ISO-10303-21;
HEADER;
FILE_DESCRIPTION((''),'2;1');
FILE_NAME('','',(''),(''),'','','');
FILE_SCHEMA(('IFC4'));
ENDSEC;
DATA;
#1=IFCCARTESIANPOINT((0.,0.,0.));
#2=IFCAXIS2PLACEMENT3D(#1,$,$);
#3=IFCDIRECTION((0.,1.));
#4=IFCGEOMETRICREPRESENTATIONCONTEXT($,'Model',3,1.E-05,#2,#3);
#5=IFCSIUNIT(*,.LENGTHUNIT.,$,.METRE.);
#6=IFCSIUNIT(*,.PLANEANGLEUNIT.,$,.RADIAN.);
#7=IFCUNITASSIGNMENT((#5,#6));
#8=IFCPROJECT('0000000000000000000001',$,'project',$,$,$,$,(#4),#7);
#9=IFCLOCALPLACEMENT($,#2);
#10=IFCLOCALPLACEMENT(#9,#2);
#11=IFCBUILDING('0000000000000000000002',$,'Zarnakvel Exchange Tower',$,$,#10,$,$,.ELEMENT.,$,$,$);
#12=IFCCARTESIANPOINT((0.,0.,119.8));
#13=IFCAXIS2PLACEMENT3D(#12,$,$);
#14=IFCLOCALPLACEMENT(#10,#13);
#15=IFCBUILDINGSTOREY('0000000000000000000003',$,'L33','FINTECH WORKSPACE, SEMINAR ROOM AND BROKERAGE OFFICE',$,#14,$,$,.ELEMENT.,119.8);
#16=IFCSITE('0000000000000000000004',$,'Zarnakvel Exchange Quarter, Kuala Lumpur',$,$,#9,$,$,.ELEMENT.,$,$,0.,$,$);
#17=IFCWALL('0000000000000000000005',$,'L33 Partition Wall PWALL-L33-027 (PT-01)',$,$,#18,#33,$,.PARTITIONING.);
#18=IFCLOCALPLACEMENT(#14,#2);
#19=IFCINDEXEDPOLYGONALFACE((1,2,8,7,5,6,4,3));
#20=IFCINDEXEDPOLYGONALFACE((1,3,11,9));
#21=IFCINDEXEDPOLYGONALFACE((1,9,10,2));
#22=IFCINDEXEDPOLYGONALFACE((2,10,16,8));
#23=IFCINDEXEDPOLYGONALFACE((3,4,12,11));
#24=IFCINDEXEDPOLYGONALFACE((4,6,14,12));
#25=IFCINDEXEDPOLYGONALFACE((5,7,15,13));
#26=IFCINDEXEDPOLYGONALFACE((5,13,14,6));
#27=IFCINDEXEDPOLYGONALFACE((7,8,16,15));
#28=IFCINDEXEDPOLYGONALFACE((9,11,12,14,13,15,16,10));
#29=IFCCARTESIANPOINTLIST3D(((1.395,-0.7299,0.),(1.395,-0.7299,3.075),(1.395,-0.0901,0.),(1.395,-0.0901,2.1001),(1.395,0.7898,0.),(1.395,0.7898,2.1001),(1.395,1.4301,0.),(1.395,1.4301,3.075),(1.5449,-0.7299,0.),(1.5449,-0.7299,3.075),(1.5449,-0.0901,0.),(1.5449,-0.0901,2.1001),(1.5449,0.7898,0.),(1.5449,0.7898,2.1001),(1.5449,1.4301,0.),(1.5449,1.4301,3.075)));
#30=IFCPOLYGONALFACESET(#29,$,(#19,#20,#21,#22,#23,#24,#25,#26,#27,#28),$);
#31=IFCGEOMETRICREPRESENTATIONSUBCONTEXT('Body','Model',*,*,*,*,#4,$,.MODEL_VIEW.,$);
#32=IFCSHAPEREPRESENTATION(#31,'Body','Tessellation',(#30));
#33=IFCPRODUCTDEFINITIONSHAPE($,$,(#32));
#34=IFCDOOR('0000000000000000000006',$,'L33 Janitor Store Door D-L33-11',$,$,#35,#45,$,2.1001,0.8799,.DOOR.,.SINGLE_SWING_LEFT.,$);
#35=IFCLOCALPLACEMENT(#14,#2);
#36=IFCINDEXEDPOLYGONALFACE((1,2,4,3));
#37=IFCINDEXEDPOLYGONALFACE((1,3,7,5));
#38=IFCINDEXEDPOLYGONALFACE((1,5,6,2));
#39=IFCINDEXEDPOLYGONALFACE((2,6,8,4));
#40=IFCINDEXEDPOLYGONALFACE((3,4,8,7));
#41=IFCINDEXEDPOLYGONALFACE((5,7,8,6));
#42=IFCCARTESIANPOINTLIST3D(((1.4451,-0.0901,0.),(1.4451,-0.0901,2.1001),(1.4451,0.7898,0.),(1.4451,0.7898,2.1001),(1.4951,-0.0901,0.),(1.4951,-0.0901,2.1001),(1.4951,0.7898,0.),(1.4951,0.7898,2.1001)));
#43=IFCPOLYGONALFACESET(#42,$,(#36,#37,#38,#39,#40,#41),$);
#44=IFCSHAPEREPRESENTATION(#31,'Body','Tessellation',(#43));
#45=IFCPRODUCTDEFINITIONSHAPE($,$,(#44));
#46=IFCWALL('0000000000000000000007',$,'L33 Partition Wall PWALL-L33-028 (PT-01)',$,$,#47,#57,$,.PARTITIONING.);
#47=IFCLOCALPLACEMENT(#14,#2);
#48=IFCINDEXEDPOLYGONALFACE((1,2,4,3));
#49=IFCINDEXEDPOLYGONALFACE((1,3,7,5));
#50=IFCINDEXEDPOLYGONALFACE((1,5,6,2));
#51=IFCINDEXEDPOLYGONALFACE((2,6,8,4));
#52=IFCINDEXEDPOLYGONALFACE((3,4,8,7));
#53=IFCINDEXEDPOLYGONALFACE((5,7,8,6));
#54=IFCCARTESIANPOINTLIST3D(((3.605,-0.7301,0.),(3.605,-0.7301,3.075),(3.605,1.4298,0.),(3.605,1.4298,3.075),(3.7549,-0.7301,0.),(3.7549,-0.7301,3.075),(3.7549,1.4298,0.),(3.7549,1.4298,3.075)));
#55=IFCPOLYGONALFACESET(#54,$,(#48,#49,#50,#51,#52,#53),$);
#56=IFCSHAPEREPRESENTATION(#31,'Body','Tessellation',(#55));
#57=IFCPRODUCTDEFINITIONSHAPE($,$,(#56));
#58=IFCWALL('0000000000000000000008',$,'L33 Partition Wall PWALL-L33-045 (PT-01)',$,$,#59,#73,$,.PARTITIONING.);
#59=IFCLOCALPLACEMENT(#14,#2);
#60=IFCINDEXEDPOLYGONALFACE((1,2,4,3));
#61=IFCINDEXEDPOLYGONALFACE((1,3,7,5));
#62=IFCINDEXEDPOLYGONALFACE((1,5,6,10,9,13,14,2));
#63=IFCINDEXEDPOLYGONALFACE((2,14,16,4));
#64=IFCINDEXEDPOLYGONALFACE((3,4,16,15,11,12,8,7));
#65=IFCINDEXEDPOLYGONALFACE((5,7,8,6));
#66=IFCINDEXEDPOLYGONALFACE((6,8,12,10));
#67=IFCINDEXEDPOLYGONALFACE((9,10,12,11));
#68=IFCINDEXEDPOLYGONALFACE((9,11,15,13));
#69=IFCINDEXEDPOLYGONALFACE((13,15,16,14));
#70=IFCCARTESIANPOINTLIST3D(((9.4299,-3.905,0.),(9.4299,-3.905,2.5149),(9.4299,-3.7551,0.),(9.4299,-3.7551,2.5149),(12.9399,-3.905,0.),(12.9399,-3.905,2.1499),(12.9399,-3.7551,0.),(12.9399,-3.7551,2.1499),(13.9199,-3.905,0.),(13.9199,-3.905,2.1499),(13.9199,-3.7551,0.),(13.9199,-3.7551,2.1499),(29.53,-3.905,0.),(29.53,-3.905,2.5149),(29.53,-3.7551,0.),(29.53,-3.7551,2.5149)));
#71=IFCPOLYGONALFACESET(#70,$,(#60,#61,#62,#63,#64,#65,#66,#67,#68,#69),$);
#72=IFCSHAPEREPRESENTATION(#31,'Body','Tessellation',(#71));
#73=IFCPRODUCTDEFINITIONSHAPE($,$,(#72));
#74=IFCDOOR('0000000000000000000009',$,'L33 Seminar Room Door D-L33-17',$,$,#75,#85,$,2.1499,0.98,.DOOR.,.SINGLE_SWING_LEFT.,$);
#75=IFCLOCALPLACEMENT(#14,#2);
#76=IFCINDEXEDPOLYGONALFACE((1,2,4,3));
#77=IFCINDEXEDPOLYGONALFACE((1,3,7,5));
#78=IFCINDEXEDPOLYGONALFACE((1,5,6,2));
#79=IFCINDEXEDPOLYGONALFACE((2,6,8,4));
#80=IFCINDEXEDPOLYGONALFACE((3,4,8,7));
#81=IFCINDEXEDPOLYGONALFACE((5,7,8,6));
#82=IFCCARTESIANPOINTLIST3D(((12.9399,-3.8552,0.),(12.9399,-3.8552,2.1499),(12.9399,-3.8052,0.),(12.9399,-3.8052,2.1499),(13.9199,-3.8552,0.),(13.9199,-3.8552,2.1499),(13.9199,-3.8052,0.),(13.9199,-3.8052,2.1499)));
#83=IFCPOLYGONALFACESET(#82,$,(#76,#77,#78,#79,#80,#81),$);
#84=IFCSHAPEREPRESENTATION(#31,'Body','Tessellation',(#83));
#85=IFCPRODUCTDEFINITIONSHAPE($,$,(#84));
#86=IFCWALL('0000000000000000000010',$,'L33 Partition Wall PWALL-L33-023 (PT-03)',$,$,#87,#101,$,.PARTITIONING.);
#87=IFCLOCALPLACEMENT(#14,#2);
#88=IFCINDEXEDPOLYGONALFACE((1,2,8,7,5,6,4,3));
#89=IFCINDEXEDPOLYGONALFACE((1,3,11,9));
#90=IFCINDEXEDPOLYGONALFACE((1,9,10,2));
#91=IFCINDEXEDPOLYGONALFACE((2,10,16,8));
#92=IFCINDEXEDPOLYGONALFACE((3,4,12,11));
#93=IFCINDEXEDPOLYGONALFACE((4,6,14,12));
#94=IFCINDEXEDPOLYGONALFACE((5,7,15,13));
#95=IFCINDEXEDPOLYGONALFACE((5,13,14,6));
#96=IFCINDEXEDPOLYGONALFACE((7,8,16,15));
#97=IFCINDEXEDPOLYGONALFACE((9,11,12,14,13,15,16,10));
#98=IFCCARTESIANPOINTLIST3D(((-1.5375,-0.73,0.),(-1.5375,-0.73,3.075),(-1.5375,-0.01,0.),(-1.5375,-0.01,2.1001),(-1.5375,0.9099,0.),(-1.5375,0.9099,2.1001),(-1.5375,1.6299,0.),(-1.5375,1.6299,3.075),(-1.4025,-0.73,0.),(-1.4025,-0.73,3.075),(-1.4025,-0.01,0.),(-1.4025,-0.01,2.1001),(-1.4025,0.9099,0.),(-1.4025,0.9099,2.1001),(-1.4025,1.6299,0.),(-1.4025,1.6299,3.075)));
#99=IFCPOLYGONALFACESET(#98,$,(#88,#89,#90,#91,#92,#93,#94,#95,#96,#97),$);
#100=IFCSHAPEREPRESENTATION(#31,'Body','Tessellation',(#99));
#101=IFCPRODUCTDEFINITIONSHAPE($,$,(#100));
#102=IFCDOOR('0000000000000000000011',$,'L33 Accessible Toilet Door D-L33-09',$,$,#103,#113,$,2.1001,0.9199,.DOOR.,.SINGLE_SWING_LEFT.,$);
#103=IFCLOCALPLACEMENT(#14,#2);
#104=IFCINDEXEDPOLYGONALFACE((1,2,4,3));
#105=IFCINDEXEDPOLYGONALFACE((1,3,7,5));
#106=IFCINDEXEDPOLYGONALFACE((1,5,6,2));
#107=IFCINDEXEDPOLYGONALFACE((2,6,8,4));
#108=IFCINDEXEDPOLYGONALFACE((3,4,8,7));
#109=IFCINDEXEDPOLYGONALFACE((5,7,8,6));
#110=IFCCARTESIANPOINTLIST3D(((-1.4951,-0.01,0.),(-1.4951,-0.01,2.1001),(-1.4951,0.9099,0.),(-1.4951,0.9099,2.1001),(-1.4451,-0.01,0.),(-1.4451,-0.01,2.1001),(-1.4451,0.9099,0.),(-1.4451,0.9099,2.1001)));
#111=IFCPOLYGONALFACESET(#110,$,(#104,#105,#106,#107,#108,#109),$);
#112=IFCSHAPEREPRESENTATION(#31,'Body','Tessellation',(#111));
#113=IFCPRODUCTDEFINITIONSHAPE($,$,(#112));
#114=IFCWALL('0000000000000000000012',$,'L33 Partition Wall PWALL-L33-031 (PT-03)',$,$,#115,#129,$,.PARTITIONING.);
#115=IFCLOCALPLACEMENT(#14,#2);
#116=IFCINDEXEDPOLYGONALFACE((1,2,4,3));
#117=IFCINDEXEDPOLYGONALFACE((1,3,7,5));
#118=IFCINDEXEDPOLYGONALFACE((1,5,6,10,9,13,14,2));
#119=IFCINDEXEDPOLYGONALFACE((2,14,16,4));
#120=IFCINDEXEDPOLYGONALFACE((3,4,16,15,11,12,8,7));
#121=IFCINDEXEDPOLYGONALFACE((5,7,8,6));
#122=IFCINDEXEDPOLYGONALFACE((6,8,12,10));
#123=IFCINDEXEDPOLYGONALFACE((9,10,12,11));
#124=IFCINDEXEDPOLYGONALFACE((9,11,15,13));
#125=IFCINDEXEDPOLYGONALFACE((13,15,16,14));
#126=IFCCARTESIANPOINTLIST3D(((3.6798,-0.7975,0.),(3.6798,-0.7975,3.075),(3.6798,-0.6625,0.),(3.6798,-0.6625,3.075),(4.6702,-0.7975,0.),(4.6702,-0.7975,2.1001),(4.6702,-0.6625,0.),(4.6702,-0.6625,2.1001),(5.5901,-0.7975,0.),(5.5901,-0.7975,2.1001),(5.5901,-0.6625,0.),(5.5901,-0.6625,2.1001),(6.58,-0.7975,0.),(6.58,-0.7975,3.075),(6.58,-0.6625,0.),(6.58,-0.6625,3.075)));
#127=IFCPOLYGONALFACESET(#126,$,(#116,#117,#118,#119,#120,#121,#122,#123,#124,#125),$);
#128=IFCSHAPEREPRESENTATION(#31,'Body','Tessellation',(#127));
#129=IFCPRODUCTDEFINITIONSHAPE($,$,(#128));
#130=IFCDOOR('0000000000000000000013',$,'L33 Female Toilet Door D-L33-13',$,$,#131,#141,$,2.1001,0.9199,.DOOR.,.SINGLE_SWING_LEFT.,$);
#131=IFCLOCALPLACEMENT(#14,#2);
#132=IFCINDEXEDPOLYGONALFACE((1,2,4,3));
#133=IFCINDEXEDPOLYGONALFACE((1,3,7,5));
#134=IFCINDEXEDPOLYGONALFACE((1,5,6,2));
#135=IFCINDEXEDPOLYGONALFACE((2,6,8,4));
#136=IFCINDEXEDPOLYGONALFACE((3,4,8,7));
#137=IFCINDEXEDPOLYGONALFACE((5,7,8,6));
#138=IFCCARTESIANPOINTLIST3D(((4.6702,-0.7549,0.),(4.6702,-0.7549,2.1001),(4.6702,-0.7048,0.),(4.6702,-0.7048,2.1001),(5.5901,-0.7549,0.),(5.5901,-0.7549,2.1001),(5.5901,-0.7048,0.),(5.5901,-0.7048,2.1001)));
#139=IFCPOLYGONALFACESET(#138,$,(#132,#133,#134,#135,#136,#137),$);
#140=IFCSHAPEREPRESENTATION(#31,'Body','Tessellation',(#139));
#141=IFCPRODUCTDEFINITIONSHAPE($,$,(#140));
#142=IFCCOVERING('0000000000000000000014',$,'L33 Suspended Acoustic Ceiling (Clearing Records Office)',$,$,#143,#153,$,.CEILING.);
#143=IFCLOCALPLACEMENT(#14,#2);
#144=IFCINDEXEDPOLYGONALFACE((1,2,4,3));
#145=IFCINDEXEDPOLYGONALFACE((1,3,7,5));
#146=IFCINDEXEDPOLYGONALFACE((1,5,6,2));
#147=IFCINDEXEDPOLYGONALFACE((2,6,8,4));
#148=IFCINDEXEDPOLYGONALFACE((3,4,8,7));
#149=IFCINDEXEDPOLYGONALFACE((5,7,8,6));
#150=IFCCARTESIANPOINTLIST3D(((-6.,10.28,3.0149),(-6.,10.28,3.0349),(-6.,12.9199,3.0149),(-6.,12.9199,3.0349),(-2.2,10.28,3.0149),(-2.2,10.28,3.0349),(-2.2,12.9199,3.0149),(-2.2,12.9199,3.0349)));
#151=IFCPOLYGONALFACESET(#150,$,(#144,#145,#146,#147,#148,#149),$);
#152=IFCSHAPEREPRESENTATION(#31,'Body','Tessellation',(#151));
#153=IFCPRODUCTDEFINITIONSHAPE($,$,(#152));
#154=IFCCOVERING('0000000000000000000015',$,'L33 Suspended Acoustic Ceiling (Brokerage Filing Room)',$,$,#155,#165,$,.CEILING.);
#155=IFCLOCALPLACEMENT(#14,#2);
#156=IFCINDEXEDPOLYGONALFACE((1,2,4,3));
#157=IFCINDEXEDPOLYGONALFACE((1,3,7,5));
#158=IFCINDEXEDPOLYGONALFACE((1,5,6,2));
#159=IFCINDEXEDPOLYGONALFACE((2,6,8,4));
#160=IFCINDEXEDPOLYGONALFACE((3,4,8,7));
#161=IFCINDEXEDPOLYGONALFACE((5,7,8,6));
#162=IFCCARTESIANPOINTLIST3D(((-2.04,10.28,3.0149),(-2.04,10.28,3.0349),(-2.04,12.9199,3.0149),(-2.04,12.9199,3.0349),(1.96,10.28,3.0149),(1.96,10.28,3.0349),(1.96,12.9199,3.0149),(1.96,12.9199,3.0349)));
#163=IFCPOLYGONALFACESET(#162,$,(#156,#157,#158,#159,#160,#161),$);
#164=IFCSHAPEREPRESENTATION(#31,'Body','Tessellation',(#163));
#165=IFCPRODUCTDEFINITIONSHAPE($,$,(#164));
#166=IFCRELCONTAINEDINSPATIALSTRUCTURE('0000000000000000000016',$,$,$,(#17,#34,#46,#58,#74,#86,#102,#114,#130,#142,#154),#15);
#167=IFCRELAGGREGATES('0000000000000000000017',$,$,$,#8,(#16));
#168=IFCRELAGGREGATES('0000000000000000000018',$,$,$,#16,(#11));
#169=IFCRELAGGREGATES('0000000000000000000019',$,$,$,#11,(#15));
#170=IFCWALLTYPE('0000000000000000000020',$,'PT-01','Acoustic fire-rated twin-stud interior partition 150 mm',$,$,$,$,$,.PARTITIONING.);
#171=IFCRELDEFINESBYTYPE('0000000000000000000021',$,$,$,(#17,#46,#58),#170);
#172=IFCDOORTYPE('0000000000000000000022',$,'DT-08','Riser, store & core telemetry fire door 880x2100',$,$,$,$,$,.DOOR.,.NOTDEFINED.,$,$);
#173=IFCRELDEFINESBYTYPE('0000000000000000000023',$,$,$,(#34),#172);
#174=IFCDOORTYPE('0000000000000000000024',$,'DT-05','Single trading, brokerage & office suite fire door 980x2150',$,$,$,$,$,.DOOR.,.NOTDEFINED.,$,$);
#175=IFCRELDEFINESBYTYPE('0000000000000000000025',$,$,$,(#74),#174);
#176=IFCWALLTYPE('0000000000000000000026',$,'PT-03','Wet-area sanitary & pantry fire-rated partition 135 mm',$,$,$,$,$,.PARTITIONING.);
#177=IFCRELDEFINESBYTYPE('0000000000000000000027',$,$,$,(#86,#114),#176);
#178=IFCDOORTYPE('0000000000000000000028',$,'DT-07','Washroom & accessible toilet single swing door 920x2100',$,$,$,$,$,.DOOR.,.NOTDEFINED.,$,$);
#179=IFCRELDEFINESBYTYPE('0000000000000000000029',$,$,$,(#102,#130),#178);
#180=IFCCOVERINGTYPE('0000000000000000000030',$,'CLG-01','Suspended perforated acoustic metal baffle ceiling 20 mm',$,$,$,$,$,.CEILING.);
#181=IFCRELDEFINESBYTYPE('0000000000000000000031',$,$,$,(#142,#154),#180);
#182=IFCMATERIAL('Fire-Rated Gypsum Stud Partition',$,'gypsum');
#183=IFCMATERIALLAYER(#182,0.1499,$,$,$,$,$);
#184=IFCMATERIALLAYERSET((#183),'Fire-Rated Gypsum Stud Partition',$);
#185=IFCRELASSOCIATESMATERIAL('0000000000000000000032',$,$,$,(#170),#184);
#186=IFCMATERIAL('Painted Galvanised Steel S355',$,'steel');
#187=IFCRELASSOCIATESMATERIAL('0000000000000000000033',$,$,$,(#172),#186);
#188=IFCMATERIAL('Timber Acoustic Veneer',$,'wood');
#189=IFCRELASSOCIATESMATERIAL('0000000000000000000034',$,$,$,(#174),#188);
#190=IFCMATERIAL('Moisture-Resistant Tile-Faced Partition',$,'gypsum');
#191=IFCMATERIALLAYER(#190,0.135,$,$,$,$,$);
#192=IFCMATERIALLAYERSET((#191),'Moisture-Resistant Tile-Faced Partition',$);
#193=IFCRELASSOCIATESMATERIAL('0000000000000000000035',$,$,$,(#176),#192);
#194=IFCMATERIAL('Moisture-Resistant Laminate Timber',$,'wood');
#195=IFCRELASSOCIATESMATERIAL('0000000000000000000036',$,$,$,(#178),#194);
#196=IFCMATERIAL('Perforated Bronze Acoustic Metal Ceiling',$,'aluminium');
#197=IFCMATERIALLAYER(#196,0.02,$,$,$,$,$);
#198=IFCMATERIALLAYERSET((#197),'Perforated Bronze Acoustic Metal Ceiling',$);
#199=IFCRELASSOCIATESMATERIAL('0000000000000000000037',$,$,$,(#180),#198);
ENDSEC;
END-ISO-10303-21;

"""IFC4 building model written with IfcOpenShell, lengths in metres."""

from ifc_helpers import new_model, si_unit, direction, frame, frame_2d, origin, place, context, subcontext, project, spatial, polyline, rectangle, outline, extrude, source, transform, mapped, material, layer, layer_set, type_object, element, fill, save


model = new_model("IFC4")

# Units and contexts
model_context = context("Model", 3, precision=1e-05, world=origin(), true_north=direction((0.0, 1.0)))
body_context = subcontext(model_context, "Body", "Model", "MODEL_VIEW")
ifc_project = project(units=[si_unit("LENGTHUNIT", "METRE"), si_unit("PLANEANGLEUNIT", "RADIAN")], contexts=[model_context])

# Site, building, storey
site_placement = place(None, origin())
site = spatial("IfcSite", under=ifc_project, at=site_placement, Name="Zarnakvel Exchange Quarter, Kuala Lumpur", CompositionType="ELEMENT", RefElevation=0.0)
building_placement = place(site_placement, origin())
building = spatial("IfcBuilding", under=site, at=building_placement, Name="Zarnakvel Exchange Tower", CompositionType="ELEMENT")
storey_placement = place(building_placement, frame((0.0, 0.0, 119.8)))
storey = spatial("IfcBuildingStorey", under=building, at=storey_placement, Name="L33", Description="FINTECH WORKSPACE, SEMINAR ROOM AND BROKERAGE OFFICE", CompositionType="ELEMENT", Elevation=119.8)

# Shared definitions
ifc_material_1 = material(Name="Fire-Rated Gypsum Stud Partition", Category="gypsum")
ifc_layer_1 = layer(ifc_material_1, 0.1499)
ifc_layer_set_1 = layer_set([ifc_layer_1], Name="Fire-Rated Gypsum Stud Partition")
wall_type_1 = type_object("IfcWallType", Name="PT-01", Description="Acoustic fire-rated twin-stud interior partition 150 mm", PredefinedType="PARTITIONING", material=ifc_layer_set_1)

# Wall, opening, door
wall_1_placement = place(storey_placement, frame((1.47, -0.73, 0.0), z_axis=(0.0, 0.0, 1.0), x_axis=(0.0, 1.0, 0.0)))
wall_1 = element("IfcWall", 1, at=wall_1_placement, inside=storey, type_object=wall_type_1, Name="L33 Partition Wall PWALL-L33-027 (PT-01)", PredefinedType="PARTITIONING", context=body_context, shape_type="SweptSolid", body=[
    extrude(rectangle(XDim=2.1599, YDim=0.1499, at=frame_2d((1.0801, 0.0))), origin(), (0.0, 0.0, 1.0), 3.075),
])
opening_1_placement = place(wall_1_placement, frame((0.6399, 0.0, 0.0)))
opening_1 = element("IfcOpeningElement", 2, at=opening_1_placement, cuts=wall_1, PredefinedType="OPENING", context=body_context, shape_type="SweptSolid", body=[
    extrude(rectangle(XDim=0.8799, YDim=2.1001, at=frame_2d((0.4399, 1.05))), frame((0.0, 0.085, 0.0), z_axis=(0.0, -1.0, 0.0), x_axis=(1.0, 0.0, 0.0)), (0.0, 0.0, 1.0), 0.1699),
])
ifc_material_2 = material(Name="Painted Galvanised Steel S355", Category="steel")
door_type_1 = type_object("IfcDoorType", Name="DT-08", Description="Riser, store & core telemetry fire door 880x2100", OperationType="NOTDEFINED", PredefinedType="DOOR", material=ifc_material_2)
shared_shape_1 = source(origin(), body_context, "Body", "SweptSolid", [
    extrude(rectangle(XDim=0.8799, YDim=2.1001, at=frame_2d((0.4399, 1.05))), frame((0.0, 0.0249, 0.0), z_axis=(0.0, -1.0, 0.0), x_axis=(1.0, 0.0, 0.0)), (0.0, 0.0, 1.0), 0.05),
])
door_1_placement = place(opening_1_placement, origin())
door_1 = element("IfcDoor", 3, at=door_1_placement, inside=storey, type_object=door_type_1, Name="L33 Janitor Store Door D-L33-11", OperationType="SINGLE_SWING_LEFT", OverallHeight=2.1001, OverallWidth=0.8799, PredefinedType="DOOR", context=body_context, shape_type="MappedRepresentation", body=[
    mapped(shared_shape_1, transform((0.0, 0.0, 0.0), x_axis=(1.0, 0.0, 0.0), y_axis=(0.0, 1.0, 0.0), z_axis=(0.0, 0.0, 1.0), scale=1.0)),
])
fill(opening_1, door_1)

# Wall
wall_2_placement = place(storey_placement, frame((3.6799, 1.4299, 0.0), z_axis=(0.0, 0.0, 1.0), x_axis=(0.0, -1.0, 0.0)))
element("IfcWall", 4, at=wall_2_placement, inside=storey, type_object=wall_type_1, Name="L33 Partition Wall PWALL-L33-028 (PT-01)", PredefinedType="PARTITIONING", context=body_context, shape_type="SweptSolid", body=[
    extrude(rectangle(XDim=2.1599, YDim=0.1499, at=frame_2d((1.0801, 0.0))), origin(), (0.0, 0.0, 1.0), 3.075),
])

# Walls, openings, doors
ifc_material_3 = material(Name="Timber Acoustic Veneer", Category="wood")
door_type_2 = type_object("IfcDoorType", Name="DT-05", Description="Single trading, brokerage & office suite fire door 980x2150", OperationType="NOTDEFINED", PredefinedType="DOOR", material=ifc_material_3)
wall_3_placement = place(storey_placement, frame((9.4299, -3.8301, 0.0), z_axis=(0.0, 0.0, 1.0), x_axis=(1.0, 0.0, 0.0)))
wall_3 = element("IfcWall", 5, at=wall_3_placement, inside=storey, type_object=wall_type_1, Name="L33 Partition Wall PWALL-L33-045 (PT-01)", PredefinedType="PARTITIONING", context=body_context, shape_type="SweptSolid", body=[
    extrude(rectangle(XDim=20.1001, YDim=0.1499, at=frame_2d((10.05, 0.0))), origin(), (0.0, 0.0, 1.0), 2.5149),
])
opening_2_placement = place(wall_3_placement, frame((3.51, 0.0, 0.0)))
opening_2 = element("IfcOpeningElement", 6, at=opening_2_placement, cuts=wall_3, PredefinedType="OPENING", context=body_context, shape_type="SweptSolid", body=[
    extrude(rectangle(XDim=0.98, YDim=2.1499, at=frame_2d((0.49, 1.075))), frame((0.0, 0.085, 0.0), z_axis=(0.0, -1.0, 0.0), x_axis=(1.0, 0.0, 0.0)), (0.0, 0.0, 1.0), 0.1699),
])
shared_shape_2 = source(origin(), body_context, "Body", "SweptSolid", [
    extrude(rectangle(XDim=0.98, YDim=2.1499, at=frame_2d((0.49, 1.075))), frame((0.0, 0.0249, 0.0), z_axis=(0.0, -1.0, 0.0), x_axis=(1.0, 0.0, 0.0)), (0.0, 0.0, 1.0), 0.05),
])
door_2_placement = place(opening_2_placement, origin())
door_2 = element("IfcDoor", 7, at=door_2_placement, inside=storey, type_object=door_type_2, Name="L33 Seminar Room Door D-L33-17", OperationType="SINGLE_SWING_LEFT", OverallHeight=2.1499, OverallWidth=0.98, PredefinedType="DOOR", context=body_context, shape_type="MappedRepresentation", body=[
    mapped(shared_shape_2, transform((0.0, 0.0, 0.0), x_axis=(1.0, 0.0, 0.0), y_axis=(0.0, 1.0, 0.0), z_axis=(0.0, 0.0, 1.0), scale=1.0)),
])
fill(opening_2, door_2)
ifc_material_4 = material(Name="Moisture-Resistant Tile-Faced Partition", Category="gypsum")
ifc_layer_2 = layer(ifc_material_4, 0.135)
ifc_layer_set_2 = layer_set([ifc_layer_2], Name="Moisture-Resistant Tile-Faced Partition")
wall_type_2 = type_object("IfcWallType", Name="PT-03", Description="Wet-area sanitary & pantry fire-rated partition 135 mm", PredefinedType="PARTITIONING", material=ifc_layer_set_2)
wall_4_placement = place(storey_placement, frame((-1.47, 1.6299, 0.0), z_axis=(0.0, 0.0, 1.0), x_axis=(0.0, -1.0, 0.0)))
wall_4 = element("IfcWall", 8, at=wall_4_placement, inside=storey, type_object=wall_type_2, Name="L33 Partition Wall PWALL-L33-023 (PT-03)", PredefinedType="PARTITIONING", context=body_context, shape_type="SweptSolid", body=[
    extrude(rectangle(XDim=2.3599, YDim=0.135, at=frame_2d((1.1799, 0.0))), origin(), (0.0, 0.0, 1.0), 3.075),
])
opening_3_placement = place(wall_4_placement, frame((0.72, 0.0, 0.0)))
opening_3 = element("IfcOpeningElement", 9, at=opening_3_placement, cuts=wall_4, PredefinedType="OPENING", context=body_context, shape_type="SweptSolid", body=[
    extrude(rectangle(XDim=0.9199, YDim=2.1001, at=frame_2d((0.46, 1.05))), frame((0.0, 0.0774, 0.0), z_axis=(0.0, -1.0, 0.0), x_axis=(1.0, 0.0, 0.0)), (0.0, 0.0, 1.0), 0.155),
])
ifc_material_5 = material(Name="Moisture-Resistant Laminate Timber", Category="wood")
door_type_3 = type_object("IfcDoorType", Name="DT-07", Description="Washroom & accessible toilet single swing door 920x2100", OperationType="NOTDEFINED", PredefinedType="DOOR", material=ifc_material_5)
shared_shape_3 = source(origin(), body_context, "Body", "SweptSolid", [
    extrude(rectangle(XDim=0.9199, YDim=2.1001, at=frame_2d((0.46, 1.05))), frame((0.0, 0.0249, 0.0), z_axis=(0.0, -1.0, 0.0), x_axis=(1.0, 0.0, 0.0)), (0.0, 0.0, 1.0), 0.05),
])
door_3_placement = place(opening_3_placement, origin())
door_3 = element("IfcDoor", 10, at=door_3_placement, inside=storey, type_object=door_type_3, Name="L33 Accessible Toilet Door D-L33-09", OperationType="SINGLE_SWING_LEFT", OverallHeight=2.1001, OverallWidth=0.9199, PredefinedType="DOOR", context=body_context, shape_type="MappedRepresentation", body=[
    mapped(shared_shape_3, transform((0.0, 0.0, 0.0), x_axis=(1.0, 0.0, 0.0), y_axis=(0.0, 1.0, 0.0), z_axis=(0.0, 0.0, 1.0), scale=1.0)),
])
fill(opening_3, door_3)
wall_5_placement = place(storey_placement, frame((6.5801, -0.73, 0.0), z_axis=(0.0, 0.0, 1.0), x_axis=(-1.0, 0.0, 0.0)))
wall_5 = element("IfcWall", 11, at=wall_5_placement, inside=storey, type_object=wall_type_2, Name="L33 Partition Wall PWALL-L33-031 (PT-03)", PredefinedType="PARTITIONING", context=body_context, shape_type="SweptSolid", body=[
    extrude(rectangle(XDim=2.9001, YDim=0.135, at=frame_2d((1.4502, 0.0))), origin(), (0.0, 0.0, 1.0), 3.075),
])
opening_4_placement = place(wall_5_placement, frame((0.99, 0.0, 0.0)))
opening_4 = element("IfcOpeningElement", 12, at=opening_4_placement, cuts=wall_5, PredefinedType="OPENING", context=body_context, shape_type="SweptSolid", body=[
    extrude(rectangle(XDim=0.9199, YDim=2.1001, at=frame_2d((0.46, 1.05))), frame((0.0, 0.0774, 0.0), z_axis=(0.0, -1.0, 0.0), x_axis=(1.0, 0.0, 0.0)), (0.0, 0.0, 1.0), 0.155),
])
door_4_placement = place(opening_4_placement, origin())
door_4 = element("IfcDoor", 13, at=door_4_placement, inside=storey, type_object=door_type_3, Name="L33 Female Toilet Door D-L33-13", OperationType="SINGLE_SWING_LEFT", OverallHeight=2.1001, OverallWidth=0.9199, PredefinedType="DOOR", context=body_context, shape_type="MappedRepresentation", body=[
    mapped(shared_shape_3, transform((0.0, 0.0, 0.0), x_axis=(1.0, 0.0, 0.0), y_axis=(0.0, 1.0, 0.0), z_axis=(0.0, 0.0, 1.0), scale=1.0)),
])
fill(opening_4, door_4)

# Coverings
ifc_material_6 = material(Name="Perforated Bronze Acoustic Metal Ceiling", Category="aluminium")
ifc_layer_3 = layer(ifc_material_6, 0.02)
ifc_layer_set_3 = layer_set([ifc_layer_3], Name="Perforated Bronze Acoustic Metal Ceiling")
covering_type_1 = type_object("IfcCoveringType", Name="CLG-01", Description="Suspended perforated acoustic metal baffle ceiling 20 mm", PredefinedType="CEILING", material=ifc_layer_set_3)
covering_1_placement = place(storey_placement, frame((0.0, 0.0, 3.0149)))
element("IfcCovering", 14, at=covering_1_placement, inside=storey, type_object=covering_type_1, Name="L33 Suspended Acoustic Ceiling (Clearing Records Office)", PredefinedType="CEILING", context=body_context, shape_type="SweptSolid", body=[
    extrude(outline(polyline([(-6.0, 12.9199), (-2.2, 12.9199), (-2.2, 10.28), (-6.0, 10.28), (-6.0, 12.9199)])), origin(), (0.0, 0.0, 1.0), 0.02),
])
covering_2_placement = place(storey_placement, frame((0.0, 0.0, 3.0149)))
element("IfcCovering", 15, at=covering_2_placement, inside=storey, type_object=covering_type_1, Name="L33 Suspended Acoustic Ceiling (Brokerage Filing Room)", PredefinedType="CEILING", context=body_context, shape_type="SweptSolid", body=[
    extrude(outline(polyline([(-2.04, 12.9199), (1.96, 12.9199), (1.96, 10.28), (-2.04, 10.28), (-2.04, 12.9199)])), origin(), (0.0, 0.0, 1.0), 0.02),
])

save(model, "model.ifc")
